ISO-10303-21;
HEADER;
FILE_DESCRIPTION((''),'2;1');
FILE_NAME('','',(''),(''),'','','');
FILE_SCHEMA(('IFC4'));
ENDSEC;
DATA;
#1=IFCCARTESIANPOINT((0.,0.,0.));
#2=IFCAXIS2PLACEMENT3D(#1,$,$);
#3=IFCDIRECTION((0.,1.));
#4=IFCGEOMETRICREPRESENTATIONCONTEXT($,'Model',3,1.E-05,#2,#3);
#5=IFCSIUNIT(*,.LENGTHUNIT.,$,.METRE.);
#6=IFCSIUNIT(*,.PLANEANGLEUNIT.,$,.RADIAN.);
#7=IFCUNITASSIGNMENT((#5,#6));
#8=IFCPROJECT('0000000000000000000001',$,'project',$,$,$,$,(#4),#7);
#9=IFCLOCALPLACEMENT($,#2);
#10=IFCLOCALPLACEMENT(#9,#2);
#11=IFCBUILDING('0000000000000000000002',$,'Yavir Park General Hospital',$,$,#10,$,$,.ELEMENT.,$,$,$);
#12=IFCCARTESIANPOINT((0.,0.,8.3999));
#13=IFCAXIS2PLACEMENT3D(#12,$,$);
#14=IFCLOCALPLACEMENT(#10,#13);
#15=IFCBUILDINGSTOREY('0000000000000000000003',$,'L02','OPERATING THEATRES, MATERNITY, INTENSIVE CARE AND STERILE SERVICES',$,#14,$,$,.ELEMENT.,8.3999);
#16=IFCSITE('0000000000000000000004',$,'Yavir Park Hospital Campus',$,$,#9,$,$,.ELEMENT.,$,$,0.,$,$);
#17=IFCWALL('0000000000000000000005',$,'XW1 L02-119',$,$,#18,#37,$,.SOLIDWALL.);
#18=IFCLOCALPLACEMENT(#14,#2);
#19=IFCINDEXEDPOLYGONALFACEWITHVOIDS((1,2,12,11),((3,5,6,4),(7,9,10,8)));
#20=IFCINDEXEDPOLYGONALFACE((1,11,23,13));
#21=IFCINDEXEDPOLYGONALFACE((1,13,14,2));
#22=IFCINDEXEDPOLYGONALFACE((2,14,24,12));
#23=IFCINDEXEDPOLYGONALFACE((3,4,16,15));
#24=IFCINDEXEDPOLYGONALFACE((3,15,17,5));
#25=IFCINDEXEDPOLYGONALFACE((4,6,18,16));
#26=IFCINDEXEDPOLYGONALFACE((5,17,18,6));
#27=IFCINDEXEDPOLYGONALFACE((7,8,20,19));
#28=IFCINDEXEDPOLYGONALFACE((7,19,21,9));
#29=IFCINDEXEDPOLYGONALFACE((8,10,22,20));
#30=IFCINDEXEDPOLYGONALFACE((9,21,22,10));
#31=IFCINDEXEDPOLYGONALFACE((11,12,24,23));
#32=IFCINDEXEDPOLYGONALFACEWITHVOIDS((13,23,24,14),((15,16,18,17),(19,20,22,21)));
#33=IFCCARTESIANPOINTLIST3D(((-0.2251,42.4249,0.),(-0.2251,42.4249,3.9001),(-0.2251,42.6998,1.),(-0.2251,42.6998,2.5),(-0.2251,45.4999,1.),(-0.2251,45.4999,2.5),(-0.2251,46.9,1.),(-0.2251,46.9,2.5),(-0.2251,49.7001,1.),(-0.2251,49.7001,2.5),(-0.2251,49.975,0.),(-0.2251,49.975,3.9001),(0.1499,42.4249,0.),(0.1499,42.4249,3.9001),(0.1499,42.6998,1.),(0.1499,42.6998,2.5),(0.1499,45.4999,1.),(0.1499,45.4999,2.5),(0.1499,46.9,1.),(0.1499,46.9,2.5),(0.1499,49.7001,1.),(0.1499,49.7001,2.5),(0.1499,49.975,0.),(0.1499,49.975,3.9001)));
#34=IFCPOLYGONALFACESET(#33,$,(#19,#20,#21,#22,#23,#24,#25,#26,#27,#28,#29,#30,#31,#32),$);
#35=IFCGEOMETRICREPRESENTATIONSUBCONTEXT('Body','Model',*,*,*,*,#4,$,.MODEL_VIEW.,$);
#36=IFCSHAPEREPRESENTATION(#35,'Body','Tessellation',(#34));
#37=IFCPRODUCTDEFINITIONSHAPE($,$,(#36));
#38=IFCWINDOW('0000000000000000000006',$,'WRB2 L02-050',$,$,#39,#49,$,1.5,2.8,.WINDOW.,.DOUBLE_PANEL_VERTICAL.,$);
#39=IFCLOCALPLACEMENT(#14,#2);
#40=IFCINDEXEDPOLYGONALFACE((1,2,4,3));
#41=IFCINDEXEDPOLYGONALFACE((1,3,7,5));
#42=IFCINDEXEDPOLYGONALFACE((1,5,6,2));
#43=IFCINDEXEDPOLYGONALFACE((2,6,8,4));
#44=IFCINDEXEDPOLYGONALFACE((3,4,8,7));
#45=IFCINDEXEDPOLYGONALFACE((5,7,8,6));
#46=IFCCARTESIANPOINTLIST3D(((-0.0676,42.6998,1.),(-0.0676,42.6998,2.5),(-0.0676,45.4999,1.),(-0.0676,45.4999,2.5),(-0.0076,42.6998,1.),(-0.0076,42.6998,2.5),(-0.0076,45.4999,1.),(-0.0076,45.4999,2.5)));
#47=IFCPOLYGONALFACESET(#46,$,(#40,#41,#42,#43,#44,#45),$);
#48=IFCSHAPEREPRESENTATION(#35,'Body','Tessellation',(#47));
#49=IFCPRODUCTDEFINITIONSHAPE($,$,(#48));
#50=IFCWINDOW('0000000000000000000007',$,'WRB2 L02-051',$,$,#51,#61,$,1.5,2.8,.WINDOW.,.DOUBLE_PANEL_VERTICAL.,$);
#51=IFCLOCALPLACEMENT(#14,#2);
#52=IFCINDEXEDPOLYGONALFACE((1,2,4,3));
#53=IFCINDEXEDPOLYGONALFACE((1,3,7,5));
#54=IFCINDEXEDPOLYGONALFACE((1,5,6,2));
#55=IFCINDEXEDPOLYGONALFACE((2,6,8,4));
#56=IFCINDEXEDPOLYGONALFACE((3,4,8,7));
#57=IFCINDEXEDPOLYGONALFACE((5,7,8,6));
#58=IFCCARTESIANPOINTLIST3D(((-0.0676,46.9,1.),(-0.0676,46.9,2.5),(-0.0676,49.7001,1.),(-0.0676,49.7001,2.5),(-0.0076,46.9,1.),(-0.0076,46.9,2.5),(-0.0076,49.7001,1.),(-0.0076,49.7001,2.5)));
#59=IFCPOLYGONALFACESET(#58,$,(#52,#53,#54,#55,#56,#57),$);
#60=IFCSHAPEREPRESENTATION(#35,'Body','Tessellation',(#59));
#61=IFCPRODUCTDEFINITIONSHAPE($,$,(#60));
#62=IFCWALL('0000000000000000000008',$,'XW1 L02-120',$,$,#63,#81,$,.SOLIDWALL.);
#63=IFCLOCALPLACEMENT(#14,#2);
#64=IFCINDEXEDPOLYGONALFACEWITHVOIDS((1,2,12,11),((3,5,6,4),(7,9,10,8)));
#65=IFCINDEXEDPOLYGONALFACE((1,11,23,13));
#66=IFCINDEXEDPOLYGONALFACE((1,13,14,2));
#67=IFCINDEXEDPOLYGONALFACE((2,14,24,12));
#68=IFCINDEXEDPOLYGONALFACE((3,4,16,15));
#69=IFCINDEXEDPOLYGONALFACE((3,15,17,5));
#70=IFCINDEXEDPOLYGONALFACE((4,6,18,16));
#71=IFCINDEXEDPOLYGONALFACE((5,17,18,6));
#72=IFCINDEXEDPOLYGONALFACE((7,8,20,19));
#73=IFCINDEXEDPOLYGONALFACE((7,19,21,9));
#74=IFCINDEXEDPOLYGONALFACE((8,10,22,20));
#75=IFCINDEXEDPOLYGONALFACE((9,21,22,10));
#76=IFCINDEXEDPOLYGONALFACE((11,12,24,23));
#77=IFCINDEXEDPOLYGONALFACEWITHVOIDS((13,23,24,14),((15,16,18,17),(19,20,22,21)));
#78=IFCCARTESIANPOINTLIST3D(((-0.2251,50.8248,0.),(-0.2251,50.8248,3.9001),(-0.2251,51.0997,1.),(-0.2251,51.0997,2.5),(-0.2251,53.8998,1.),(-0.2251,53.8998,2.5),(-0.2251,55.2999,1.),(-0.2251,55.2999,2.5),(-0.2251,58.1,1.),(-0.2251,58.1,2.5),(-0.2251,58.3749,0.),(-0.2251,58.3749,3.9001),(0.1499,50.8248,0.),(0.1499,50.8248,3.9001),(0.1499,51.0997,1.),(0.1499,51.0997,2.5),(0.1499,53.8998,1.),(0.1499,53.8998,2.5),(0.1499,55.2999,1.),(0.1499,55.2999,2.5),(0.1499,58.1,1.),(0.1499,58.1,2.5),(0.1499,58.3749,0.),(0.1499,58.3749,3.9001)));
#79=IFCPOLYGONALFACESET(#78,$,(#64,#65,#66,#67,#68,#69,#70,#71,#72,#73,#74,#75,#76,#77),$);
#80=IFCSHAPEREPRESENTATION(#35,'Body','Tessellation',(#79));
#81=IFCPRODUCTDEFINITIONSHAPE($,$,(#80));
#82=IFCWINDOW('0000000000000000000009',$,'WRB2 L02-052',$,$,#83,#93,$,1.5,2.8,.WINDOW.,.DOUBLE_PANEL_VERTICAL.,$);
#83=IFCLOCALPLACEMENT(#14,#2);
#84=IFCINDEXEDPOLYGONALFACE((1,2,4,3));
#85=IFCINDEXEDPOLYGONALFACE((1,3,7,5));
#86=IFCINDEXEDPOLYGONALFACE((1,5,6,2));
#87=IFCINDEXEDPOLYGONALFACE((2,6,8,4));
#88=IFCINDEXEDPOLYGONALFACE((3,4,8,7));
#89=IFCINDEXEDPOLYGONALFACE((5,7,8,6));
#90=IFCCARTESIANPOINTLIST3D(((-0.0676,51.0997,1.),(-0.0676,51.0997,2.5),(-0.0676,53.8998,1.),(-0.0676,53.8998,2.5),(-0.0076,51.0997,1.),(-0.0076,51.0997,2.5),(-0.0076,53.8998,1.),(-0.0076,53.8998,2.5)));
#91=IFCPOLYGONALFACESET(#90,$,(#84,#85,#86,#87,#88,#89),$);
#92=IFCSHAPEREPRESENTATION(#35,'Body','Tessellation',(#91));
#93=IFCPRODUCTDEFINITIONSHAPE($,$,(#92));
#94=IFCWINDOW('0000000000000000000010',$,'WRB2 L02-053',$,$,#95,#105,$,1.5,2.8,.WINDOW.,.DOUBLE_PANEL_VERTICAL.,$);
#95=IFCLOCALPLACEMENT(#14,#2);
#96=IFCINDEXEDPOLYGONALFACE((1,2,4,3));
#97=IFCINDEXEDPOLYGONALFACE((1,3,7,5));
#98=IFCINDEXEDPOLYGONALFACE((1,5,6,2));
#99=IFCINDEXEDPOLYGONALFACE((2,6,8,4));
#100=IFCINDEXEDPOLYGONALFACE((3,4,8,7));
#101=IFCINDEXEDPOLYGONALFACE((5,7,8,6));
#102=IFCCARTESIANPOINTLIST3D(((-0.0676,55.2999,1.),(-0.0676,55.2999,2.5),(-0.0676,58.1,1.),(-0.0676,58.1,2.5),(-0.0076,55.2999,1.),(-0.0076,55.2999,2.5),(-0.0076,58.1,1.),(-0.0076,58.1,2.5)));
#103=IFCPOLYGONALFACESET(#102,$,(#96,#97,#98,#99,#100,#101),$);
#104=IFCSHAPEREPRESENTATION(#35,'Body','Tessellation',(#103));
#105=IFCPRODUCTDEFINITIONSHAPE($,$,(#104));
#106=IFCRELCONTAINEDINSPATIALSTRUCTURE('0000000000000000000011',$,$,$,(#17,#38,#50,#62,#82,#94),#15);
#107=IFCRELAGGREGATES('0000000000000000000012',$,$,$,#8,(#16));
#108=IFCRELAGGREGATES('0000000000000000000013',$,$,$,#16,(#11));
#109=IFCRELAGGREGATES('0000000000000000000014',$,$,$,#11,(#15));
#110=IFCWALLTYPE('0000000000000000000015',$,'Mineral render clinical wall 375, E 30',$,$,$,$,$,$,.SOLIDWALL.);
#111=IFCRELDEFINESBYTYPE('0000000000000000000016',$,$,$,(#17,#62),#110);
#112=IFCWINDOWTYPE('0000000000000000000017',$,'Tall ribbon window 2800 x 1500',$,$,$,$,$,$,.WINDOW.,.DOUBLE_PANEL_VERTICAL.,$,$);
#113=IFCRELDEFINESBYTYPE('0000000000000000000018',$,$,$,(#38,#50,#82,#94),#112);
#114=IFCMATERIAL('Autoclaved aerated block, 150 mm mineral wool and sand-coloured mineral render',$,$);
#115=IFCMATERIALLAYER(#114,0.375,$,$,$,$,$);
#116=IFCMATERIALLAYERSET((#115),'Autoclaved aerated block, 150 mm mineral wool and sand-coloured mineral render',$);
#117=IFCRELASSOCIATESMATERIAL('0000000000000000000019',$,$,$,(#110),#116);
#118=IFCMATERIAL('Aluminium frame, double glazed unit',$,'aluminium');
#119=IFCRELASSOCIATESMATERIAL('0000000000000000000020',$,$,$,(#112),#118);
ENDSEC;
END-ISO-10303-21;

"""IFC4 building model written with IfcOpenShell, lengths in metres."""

from ifc_helpers import new_model, si_unit, direction, frame, frame_2d, origin, place, context, subcontext, project, spatial, rectangle, extrude, material, layer, layer_set, type_object, element, fill, save


model = new_model("IFC4")

# Units and contexts
model_context = context("Model", 3, precision=1e-05, world=origin(), true_north=direction((0.0, 1.0)))
body_context = subcontext(model_context, "Body", "Model", "MODEL_VIEW")
ifc_project = project(units=[si_unit("LENGTHUNIT", "METRE"), si_unit("PLANEANGLEUNIT", "RADIAN")], contexts=[model_context])

# Site, building, storey
site_placement = place(None, origin())
site = spatial("IfcSite", under=ifc_project, at=site_placement, Name="Yavir Park Hospital Campus", CompositionType="ELEMENT", RefElevation=0.0)
building_placement = place(site_placement, origin())
building = spatial("IfcBuilding", under=site, at=building_placement, Name="Yavir Park General Hospital", CompositionType="ELEMENT")
storey_placement = place(building_placement, frame((0.0, 0.0, 8.3999)))
storey = spatial("IfcBuildingStorey", under=building, at=storey_placement, Name="L02", Description="OPERATING THEATRES, MATERNITY, INTENSIVE CARE AND STERILE SERVICES", CompositionType="ELEMENT", Elevation=8.3999)

# Walls, openings, windows
ifc_material_1 = material(Name="Autoclaved aerated block, 150 mm mineral wool and sand-coloured mineral render")
ifc_layer_1 = layer(ifc_material_1, 0.375)
ifc_layer_set_1 = layer_set([ifc_layer_1], Name="Autoclaved aerated block, 150 mm mineral wool and sand-coloured mineral render")
wall_type_1 = type_object("IfcWallType", Name="Mineral render clinical wall 375, E 30", PredefinedType="SOLIDWALL", material=ifc_layer_set_1)
wall_1_placement = place(storey_placement, frame((-0.0376, 42.425, 0.0), z_axis=(0.0, 0.0, 1.0), x_axis=(0.0, 1.0, 0.0)))
wall_1 = element("IfcWall", 1, at=wall_1_placement, inside=storey, type_object=wall_type_1, Name="XW1 L02-119", PredefinedType="SOLIDWALL", context=body_context, shape_type="SweptSolid", body=[
    extrude(rectangle(XDim=7.55, YDim=0.375, at=frame_2d((3.7749, 0.0))), origin(), (0.0, 0.0, 1.0), 3.9001),
])
opening_1_placement = place(wall_1_placement, frame((0.2749, 0.0, 1.0)))
opening_1 = element("IfcOpeningElement", 2, at=opening_1_placement, cuts=wall_1, PredefinedType="OPENING", context=body_context, shape_type="SweptSolid", body=[
    extrude(rectangle(XDim=2.8, YDim=1.5, at=frame_2d((1.3999, 0.75))), frame((0.0, 0.1975, 0.0), z_axis=(0.0, -1.0, 0.0), x_axis=(1.0, 0.0, 0.0)), (0.0, 0.0, 1.0), 0.395),
])
opening_2_placement = place(wall_1_placement, frame((4.4751, 0.0, 1.0)))
opening_2 = element("IfcOpeningElement", 3, at=opening_2_placement, cuts=wall_1, PredefinedType="OPENING", context=body_context, shape_type="SweptSolid", body=[
    extrude(rectangle(XDim=2.8, YDim=1.5, at=frame_2d((1.3999, 0.75))), frame((0.0, 0.1975, 0.0), z_axis=(0.0, -1.0, 0.0), x_axis=(1.0, 0.0, 0.0)), (0.0, 0.0, 1.0), 0.395),
])
ifc_material_2 = material(Name="Aluminium frame, double glazed unit", Category="aluminium")
window_type = type_object("IfcWindowType", Name="Tall ribbon window 2800 x 1500", PartitioningType="DOUBLE_PANEL_VERTICAL", PredefinedType="WINDOW", material=ifc_material_2)
window_1_placement = place(opening_1_placement, origin())
window_1 = element("IfcWindow", 4, at=window_1_placement, inside=storey, type_object=window_type, Name="WRB2 L02-050", OverallHeight=1.5, OverallWidth=2.8, PartitioningType="DOUBLE_PANEL_VERTICAL", PredefinedType="WINDOW", context=body_context, shape_type="SweptSolid", body=[
    extrude(rectangle(XDim=2.8, YDim=1.5, at=frame_2d((1.3999, 0.75))), frame((0.0, 0.03, 0.0), z_axis=(0.0, -1.0, 0.0), x_axis=(1.0, 0.0, 0.0)), (0.0, 0.0, 1.0), 0.0601),
])
fill(opening_1, window_1)
window_2_placement = place(opening_2_placement, origin())
window_2 = element("IfcWindow", 5, at=window_2_placement, inside=storey, type_object=window_type, Name="WRB2 L02-051", OverallHeight=1.5, OverallWidth=2.8, PartitioningType="DOUBLE_PANEL_VERTICAL", PredefinedType="WINDOW", context=body_context, shape_type="SweptSolid", body=[
    extrude(rectangle(XDim=2.8, YDim=1.5, at=frame_2d((1.3999, 0.75))), frame((0.0, 0.03, 0.0), z_axis=(0.0, -1.0, 0.0), x_axis=(1.0, 0.0, 0.0)), (0.0, 0.0, 1.0), 0.0601),
])
fill(opening_2, window_2)
wall_2_placement = place(storey_placement, frame((-0.0376, 50.825, 0.0), z_axis=(0.0, 0.0, 1.0), x_axis=(0.0, 1.0, 0.0)))
wall_2 = element("IfcWall", 6, at=wall_2_placement, inside=storey, type_object=wall_type_1, Name="XW1 L02-120", PredefinedType="SOLIDWALL", context=body_context, shape_type="SweptSolid", body=[
    extrude(rectangle(XDim=7.55, YDim=0.375, at=frame_2d((3.7749, 0.0))), origin(), (0.0, 0.0, 1.0), 3.9001),
])
opening_3_placement = place(wall_2_placement, frame((0.2749, 0.0, 1.0)))
opening_3 = element("IfcOpeningElement", 7, at=opening_3_placement, cuts=wall_2, PredefinedType="OPENING", context=body_context, shape_type="SweptSolid", body=[
    extrude(rectangle(XDim=2.8, YDim=1.5, at=frame_2d((1.3999, 0.75))), frame((0.0, 0.1975, 0.0), z_axis=(0.0, -1.0, 0.0), x_axis=(1.0, 0.0, 0.0)), (0.0, 0.0, 1.0), 0.395),
])
opening_4_placement = place(wall_2_placement, frame((4.4751, 0.0, 1.0)))
opening_4 = element("IfcOpeningElement", 8, at=opening_4_placement, cuts=wall_2, PredefinedType="OPENING", context=body_context, shape_type="SweptSolid", body=[
    extrude(rectangle(XDim=2.8, YDim=1.5, at=frame_2d((1.3999, 0.75))), frame((0.0, 0.1975, 0.0), z_axis=(0.0, -1.0, 0.0), x_axis=(1.0, 0.0, 0.0)), (0.0, 0.0, 1.0), 0.395),
])
window_3_placement = place(opening_3_placement, origin())
window_3 = element("IfcWindow", 9, at=window_3_placement, inside=storey, type_object=window_type, Name="WRB2 L02-052", OverallHeight=1.5, OverallWidth=2.8, PartitioningType="DOUBLE_PANEL_VERTICAL", PredefinedType="WINDOW", context=body_context, shape_type="SweptSolid", body=[
    extrude(rectangle(XDim=2.8, YDim=1.5, at=frame_2d((1.3999, 0.75))), frame((0.0, 0.03, 0.0), z_axis=(0.0, -1.0, 0.0), x_axis=(1.0, 0.0, 0.0)), (0.0, 0.0, 1.0), 0.0601),
])
fill(opening_3, window_3)
window_4_placement = place(opening_4_placement, origin())
window_4 = element("IfcWindow", 10, at=window_4_placement, inside=storey, type_object=window_type, Name="WRB2 L02-053", OverallHeight=1.5, OverallWidth=2.8, PartitioningType="DOUBLE_PANEL_VERTICAL", PredefinedType="WINDOW", context=body_context, shape_type="SweptSolid", body=[
    extrude(rectangle(XDim=2.8, YDim=1.5, at=frame_2d((1.3999, 0.75))), frame((0.0, 0.03, 0.0), z_axis=(0.0, -1.0, 0.0), x_axis=(1.0, 0.0, 0.0)), (0.0, 0.0, 1.0), 0.0601),
])
fill(opening_4, window_4)

save(model, "model.ifc")
